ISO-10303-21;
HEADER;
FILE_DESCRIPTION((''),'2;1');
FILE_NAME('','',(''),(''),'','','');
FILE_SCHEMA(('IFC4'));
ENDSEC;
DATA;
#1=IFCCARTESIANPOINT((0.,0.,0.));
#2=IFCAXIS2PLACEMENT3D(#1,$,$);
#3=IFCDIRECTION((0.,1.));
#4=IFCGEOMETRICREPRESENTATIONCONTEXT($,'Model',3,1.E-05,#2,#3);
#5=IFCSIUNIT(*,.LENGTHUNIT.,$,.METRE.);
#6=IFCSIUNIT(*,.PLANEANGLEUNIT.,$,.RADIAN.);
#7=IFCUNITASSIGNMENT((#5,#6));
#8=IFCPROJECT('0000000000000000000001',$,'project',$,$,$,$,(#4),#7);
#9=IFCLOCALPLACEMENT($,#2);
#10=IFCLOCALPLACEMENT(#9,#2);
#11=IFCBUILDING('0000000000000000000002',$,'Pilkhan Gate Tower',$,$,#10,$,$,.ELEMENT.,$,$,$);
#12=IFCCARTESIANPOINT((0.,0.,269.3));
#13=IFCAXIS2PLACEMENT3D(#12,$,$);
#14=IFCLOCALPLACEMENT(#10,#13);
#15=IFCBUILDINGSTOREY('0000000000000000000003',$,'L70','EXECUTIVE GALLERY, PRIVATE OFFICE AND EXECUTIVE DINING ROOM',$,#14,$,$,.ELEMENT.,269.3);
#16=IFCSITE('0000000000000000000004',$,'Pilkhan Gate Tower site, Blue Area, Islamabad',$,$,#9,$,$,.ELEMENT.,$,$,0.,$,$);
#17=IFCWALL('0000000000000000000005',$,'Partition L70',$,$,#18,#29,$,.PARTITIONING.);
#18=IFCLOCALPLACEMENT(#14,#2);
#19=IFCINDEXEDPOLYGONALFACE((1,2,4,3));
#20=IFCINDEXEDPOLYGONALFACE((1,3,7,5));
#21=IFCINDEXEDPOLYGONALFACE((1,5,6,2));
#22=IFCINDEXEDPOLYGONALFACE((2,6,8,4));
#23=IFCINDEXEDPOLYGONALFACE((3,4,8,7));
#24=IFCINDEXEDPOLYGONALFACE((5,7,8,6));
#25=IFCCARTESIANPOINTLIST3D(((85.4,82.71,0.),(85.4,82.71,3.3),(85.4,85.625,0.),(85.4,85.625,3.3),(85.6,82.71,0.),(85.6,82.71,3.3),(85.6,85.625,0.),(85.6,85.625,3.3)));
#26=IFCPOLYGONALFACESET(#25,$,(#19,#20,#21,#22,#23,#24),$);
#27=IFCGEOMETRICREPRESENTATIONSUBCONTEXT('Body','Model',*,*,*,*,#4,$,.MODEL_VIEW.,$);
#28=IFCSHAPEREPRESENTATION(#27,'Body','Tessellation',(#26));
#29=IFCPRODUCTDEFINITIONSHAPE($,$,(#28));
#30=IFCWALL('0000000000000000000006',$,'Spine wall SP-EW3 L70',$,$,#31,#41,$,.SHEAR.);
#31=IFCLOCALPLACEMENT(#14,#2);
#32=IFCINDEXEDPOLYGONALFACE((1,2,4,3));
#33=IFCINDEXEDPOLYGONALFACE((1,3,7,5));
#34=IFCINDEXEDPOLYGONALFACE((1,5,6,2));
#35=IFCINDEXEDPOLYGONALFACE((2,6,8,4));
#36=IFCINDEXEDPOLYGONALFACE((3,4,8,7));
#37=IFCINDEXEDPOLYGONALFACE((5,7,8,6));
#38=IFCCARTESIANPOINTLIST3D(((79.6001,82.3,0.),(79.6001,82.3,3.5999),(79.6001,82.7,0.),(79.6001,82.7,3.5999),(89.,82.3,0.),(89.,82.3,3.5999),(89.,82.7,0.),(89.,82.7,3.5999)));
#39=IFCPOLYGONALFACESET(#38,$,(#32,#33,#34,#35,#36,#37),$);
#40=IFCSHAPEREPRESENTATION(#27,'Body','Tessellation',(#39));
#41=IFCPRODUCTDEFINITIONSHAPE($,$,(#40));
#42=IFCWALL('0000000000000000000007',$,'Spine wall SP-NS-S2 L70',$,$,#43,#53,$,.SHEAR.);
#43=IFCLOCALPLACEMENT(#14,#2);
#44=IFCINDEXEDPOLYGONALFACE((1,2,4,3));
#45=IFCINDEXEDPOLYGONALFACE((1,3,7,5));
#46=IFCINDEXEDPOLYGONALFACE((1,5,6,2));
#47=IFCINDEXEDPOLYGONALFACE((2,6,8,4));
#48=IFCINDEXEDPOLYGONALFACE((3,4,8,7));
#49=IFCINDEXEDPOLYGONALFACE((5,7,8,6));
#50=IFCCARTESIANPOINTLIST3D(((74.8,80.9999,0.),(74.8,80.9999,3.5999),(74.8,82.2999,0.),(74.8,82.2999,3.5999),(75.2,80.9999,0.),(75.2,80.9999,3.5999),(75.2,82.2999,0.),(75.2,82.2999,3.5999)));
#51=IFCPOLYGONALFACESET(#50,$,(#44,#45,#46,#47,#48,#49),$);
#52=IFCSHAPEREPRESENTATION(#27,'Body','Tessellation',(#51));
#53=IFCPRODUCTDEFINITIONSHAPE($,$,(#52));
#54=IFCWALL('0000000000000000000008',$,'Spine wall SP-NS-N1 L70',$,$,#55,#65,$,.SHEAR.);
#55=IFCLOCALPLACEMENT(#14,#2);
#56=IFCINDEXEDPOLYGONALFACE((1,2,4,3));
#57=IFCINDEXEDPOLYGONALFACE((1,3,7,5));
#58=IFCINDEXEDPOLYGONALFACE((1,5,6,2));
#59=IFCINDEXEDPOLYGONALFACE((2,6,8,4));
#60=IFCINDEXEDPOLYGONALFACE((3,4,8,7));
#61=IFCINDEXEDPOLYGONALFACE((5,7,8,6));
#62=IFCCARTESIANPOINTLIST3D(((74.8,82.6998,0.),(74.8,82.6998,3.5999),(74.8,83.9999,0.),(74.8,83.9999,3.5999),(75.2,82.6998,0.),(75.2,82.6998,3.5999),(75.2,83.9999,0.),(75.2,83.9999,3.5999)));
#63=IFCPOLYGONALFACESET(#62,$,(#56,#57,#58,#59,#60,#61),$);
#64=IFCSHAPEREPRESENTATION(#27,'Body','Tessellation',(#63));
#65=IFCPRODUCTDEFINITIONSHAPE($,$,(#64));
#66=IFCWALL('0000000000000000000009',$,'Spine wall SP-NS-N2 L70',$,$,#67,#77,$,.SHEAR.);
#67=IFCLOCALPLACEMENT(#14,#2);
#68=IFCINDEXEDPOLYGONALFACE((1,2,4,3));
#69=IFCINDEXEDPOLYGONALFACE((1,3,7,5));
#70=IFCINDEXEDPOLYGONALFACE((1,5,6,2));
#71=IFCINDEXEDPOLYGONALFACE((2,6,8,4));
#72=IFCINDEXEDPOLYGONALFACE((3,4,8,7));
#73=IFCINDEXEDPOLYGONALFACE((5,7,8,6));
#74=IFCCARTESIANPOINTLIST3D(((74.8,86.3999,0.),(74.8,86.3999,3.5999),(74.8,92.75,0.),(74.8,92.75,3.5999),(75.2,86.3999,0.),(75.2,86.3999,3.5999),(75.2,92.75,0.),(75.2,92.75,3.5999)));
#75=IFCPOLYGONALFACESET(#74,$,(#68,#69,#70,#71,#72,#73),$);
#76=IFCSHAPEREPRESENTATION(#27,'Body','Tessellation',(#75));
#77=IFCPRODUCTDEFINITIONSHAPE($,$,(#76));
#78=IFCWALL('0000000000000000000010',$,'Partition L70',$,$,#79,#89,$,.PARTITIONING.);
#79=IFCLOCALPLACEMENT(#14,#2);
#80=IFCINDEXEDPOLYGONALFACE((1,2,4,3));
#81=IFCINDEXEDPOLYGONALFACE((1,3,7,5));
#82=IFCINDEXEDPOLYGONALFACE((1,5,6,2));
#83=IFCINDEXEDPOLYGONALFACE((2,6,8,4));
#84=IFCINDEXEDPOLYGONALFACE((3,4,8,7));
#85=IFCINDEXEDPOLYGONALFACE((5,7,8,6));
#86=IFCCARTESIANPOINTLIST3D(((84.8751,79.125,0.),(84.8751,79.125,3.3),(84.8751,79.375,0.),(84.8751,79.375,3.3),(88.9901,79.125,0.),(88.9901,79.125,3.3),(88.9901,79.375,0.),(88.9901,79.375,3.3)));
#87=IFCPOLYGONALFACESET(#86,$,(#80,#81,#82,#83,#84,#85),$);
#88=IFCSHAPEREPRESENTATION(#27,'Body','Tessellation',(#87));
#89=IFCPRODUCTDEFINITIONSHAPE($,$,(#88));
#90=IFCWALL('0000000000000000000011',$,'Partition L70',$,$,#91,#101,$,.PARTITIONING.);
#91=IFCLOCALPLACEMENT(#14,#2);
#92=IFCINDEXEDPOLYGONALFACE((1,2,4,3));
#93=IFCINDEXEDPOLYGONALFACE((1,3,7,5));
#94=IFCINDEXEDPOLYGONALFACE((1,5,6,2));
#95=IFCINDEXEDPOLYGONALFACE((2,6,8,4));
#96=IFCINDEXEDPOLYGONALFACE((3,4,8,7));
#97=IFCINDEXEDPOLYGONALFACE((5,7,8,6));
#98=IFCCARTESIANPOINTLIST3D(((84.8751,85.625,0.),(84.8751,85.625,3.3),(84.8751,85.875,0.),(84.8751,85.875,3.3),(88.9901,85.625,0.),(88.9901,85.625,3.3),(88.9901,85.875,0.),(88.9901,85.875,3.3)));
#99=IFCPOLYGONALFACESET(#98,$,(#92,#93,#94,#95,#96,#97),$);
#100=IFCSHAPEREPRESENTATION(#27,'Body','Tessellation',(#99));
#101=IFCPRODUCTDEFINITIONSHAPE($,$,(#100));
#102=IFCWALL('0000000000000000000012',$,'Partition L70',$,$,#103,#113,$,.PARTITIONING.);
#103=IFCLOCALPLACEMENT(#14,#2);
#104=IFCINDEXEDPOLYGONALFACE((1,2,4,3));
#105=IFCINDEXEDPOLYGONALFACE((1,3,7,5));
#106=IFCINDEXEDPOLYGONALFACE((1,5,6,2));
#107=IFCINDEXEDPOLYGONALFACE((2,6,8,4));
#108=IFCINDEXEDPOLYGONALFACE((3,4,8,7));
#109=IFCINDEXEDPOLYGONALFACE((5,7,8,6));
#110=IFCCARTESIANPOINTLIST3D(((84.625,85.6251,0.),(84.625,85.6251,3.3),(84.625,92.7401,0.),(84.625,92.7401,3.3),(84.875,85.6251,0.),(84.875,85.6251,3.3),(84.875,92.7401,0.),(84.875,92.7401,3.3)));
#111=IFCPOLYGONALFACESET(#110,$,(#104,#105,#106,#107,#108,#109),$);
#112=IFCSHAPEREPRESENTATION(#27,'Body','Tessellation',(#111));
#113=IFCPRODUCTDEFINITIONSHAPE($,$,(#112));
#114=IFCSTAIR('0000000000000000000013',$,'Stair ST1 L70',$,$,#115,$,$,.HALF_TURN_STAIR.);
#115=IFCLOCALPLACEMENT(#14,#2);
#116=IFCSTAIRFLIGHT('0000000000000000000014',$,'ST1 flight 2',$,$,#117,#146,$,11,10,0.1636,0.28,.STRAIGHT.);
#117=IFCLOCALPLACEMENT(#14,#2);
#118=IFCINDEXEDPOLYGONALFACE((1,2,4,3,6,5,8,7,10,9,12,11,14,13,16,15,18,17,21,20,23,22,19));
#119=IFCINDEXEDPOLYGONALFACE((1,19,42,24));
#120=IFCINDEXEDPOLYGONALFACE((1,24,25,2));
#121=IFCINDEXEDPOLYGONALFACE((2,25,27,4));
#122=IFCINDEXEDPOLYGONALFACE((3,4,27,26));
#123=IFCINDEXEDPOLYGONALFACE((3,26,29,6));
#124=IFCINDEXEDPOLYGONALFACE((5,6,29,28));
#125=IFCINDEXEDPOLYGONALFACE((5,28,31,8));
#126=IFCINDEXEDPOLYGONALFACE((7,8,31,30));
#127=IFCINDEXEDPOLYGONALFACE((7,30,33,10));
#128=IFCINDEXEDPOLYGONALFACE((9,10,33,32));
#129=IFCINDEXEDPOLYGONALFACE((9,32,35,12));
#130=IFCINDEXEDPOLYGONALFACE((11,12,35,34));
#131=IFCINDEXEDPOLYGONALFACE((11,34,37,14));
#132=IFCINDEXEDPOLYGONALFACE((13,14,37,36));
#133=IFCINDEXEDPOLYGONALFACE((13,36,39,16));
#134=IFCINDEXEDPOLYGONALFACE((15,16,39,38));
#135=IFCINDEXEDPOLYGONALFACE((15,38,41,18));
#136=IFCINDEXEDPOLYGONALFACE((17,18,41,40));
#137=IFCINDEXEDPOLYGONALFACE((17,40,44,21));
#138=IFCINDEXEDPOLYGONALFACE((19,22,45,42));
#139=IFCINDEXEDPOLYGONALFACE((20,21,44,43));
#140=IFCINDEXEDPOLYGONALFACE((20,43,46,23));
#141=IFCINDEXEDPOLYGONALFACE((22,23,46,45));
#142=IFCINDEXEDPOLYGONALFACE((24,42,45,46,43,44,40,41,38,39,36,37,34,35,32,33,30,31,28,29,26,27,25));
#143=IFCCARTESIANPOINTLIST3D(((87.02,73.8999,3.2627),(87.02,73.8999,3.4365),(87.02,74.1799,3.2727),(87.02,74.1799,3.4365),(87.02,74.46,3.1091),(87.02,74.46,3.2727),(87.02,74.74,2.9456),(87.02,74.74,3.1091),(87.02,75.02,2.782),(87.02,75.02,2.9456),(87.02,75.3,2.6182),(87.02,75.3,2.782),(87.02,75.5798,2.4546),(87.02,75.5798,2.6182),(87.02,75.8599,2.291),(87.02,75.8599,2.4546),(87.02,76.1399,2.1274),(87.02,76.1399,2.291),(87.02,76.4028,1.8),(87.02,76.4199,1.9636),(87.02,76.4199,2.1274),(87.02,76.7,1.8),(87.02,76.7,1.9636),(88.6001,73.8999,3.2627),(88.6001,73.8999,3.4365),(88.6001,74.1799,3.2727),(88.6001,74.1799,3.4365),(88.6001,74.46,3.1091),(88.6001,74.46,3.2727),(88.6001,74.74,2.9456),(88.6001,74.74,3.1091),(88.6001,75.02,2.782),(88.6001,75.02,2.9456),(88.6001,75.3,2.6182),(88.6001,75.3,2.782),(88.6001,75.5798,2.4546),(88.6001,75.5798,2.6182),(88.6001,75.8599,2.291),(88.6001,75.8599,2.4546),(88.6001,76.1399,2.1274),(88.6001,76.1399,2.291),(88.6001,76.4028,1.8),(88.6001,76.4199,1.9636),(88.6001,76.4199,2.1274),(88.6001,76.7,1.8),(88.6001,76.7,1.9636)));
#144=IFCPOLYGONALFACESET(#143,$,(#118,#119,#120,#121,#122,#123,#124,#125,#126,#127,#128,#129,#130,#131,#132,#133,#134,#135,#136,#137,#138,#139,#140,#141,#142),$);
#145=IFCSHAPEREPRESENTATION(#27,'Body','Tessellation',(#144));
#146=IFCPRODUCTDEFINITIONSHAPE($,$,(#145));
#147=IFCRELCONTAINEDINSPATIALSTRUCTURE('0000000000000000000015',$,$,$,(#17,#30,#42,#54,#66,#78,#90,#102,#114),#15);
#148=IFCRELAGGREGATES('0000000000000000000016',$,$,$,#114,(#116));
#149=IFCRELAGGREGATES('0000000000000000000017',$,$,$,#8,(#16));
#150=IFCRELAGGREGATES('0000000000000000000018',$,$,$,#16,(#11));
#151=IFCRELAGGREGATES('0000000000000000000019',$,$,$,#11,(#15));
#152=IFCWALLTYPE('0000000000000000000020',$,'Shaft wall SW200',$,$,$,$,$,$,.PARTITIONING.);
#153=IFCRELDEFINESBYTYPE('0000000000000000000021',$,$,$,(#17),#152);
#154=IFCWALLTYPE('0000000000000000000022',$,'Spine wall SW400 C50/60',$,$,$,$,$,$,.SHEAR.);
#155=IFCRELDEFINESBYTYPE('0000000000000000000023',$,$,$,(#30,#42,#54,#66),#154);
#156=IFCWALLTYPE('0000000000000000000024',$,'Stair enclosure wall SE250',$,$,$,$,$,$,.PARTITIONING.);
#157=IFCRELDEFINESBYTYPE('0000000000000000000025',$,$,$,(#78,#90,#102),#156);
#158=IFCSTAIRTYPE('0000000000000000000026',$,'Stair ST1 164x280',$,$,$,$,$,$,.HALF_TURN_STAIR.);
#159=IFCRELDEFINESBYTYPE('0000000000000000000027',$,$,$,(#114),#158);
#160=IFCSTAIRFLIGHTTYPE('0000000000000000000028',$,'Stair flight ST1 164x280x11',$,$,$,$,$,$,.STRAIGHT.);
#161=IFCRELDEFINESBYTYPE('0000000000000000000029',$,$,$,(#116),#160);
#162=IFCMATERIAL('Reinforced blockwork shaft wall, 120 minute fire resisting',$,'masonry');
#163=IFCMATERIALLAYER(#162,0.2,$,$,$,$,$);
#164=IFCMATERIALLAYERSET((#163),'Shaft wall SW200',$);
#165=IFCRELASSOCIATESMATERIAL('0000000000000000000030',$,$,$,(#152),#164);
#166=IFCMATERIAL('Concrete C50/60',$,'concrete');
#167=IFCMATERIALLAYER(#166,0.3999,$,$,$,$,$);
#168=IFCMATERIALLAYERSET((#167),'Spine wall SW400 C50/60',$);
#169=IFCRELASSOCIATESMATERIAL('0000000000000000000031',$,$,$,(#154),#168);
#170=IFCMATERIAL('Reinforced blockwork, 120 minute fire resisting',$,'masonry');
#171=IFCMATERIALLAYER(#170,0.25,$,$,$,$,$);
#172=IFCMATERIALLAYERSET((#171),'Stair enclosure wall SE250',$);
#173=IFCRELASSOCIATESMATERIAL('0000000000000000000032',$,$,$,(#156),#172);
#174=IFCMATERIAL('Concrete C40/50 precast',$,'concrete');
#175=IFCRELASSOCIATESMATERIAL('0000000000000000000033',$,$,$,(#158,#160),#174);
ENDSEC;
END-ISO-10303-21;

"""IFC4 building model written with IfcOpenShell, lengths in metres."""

from ifc_helpers import new_model, si_unit, direction, frame, frame_2d, origin, place, context, subcontext, project, spatial, polyline, rectangle, outline, extrude, material, layer, layer_set, type_object, element, aggregate, save


model = new_model("IFC4")

# Units and contexts
model_context = context("Model", 3, precision=1e-05, world=origin(), true_north=direction((0.0, 1.0)))
body_context = subcontext(model_context, "Body", "Model", "MODEL_VIEW")
ifc_project = project(units=[si_unit("LENGTHUNIT", "METRE"), si_unit("PLANEANGLEUNIT", "RADIAN")], contexts=[model_context])

# Site, building, storey
site_placement = place(None, origin())
site = spatial("IfcSite", under=ifc_project, at=site_placement, Name="Pilkhan Gate Tower site, Blue Area, Islamabad", CompositionType="ELEMENT", RefElevation=0.0)
building_placement = place(site_placement, origin())
building = spatial("IfcBuilding", under=site, at=building_placement, Name="Pilkhan Gate Tower", CompositionType="ELEMENT")
storey_placement = place(building_placement, frame((0.0, 0.0, 269.3)))
storey = spatial("IfcBuildingStorey", under=building, at=storey_placement, Name="L70", Description="EXECUTIVE GALLERY, PRIVATE OFFICE AND EXECUTIVE DINING ROOM", CompositionType="ELEMENT", Elevation=269.3)

# Shared definitions
ifc_material_1 = material(Name="Concrete C50/60", Category="concrete")

# Shared definitions
ifc_material_2 = material(Name="Reinforced blockwork shaft wall, 120 minute fire resisting", Category="masonry")
ifc_layer_1 = layer(ifc_material_2, 0.2)
ifc_layer_set_1 = layer_set([ifc_layer_1], Name="Shaft wall SW200")
wall_type_1 = type_object("IfcWallType", Name="Shaft wall SW200", PredefinedType="PARTITIONING", material=ifc_layer_set_1)

# Walls
wall_1_placement = place(storey_placement, frame((85.5, 82.71, 0.0), z_axis=(0.0, 0.0, 1.0), x_axis=(0.0, 1.0, 0.0)))
element("IfcWall", 1, at=wall_1_placement, inside=storey, type_object=wall_type_1, Name="Partition L70", PredefinedType="PARTITIONING", context=body_context, shape_type="SweptSolid", body=[
    extrude(rectangle(XDim=2.915, YDim=0.2, at=frame_2d((1.4575, 0.0))), origin(), (0.0, 0.0, 1.0), 3.3),
])
ifc_layer_2 = layer(ifc_material_1, 0.3999)
ifc_layer_set_2 = layer_set([ifc_layer_2], Name="Spine wall SW400 C50/60")
wall_type_2 = type_object("IfcWallType", Name="Spine wall SW400 C50/60", PredefinedType="SHEAR", material=ifc_layer_set_2)
wall_2_placement = place(storey_placement, frame((79.6001, 82.5, 0.0), z_axis=(0.0, 0.0, 1.0), x_axis=(1.0, 0.0, 0.0)))
element("IfcWall", 2, at=wall_2_placement, inside=storey, type_object=wall_type_2, Name="Spine wall SP-EW3 L70", PredefinedType="SHEAR", context=body_context, shape_type="SweptSolid", body=[
    extrude(rectangle(XDim=9.3999, YDim=0.3999, at=frame_2d((4.7, 0.0))), origin(), (0.0, 0.0, 1.0), 3.5999),
])
for number, where, z_axis, x_axis, name in (
    (3, (75.0, 81.0, 0.0), (0.0, 0.0, 1.0), (0.0, 1.0, 0.0), "Spine wall SP-NS-S2 L70"),
    (4, (75.0, 82.7, 0.0), (0.0, 0.0, 1.0), (0.0, 1.0, 0.0), "Spine wall SP-NS-N1 L70"),
):
    element("IfcWall", number, at=place(storey_placement, frame(where, z_axis=z_axis, x_axis=x_axis)), inside=storey, type_object=wall_type_2, Name=name, PredefinedType="SHEAR", context=body_context, shape_type="SweptSolid", body=[
        extrude(rectangle(XDim=1.3, YDim=0.3999, at=frame_2d((0.6499, 0.0))), origin(), (0.0, 0.0, 1.0), 3.5999),
    ])
wall_3_placement = place(storey_placement, frame((75.0, 86.3999, 0.0), z_axis=(0.0, 0.0, 1.0), x_axis=(0.0, 1.0, 0.0)))
element("IfcWall", 5, at=wall_3_placement, inside=storey, type_object=wall_type_2, Name="Spine wall SP-NS-N2 L70", PredefinedType="SHEAR", context=body_context, shape_type="SweptSolid", body=[
    extrude(rectangle(XDim=6.3501, YDim=0.3999, at=frame_2d((3.175, 0.0))), origin(), (0.0, 0.0, 1.0), 3.5999),
])
ifc_material_3 = material(Name="Reinforced blockwork, 120 minute fire resisting", Category="masonry")
ifc_layer_3 = layer(ifc_material_3, 0.25)
ifc_layer_set_3 = layer_set([ifc_layer_3], Name="Stair enclosure wall SE250")
wall_type_3 = type_object("IfcWallType", Name="Stair enclosure wall SE250", PredefinedType="PARTITIONING", material=ifc_layer_set_3)
for number, where, z_axis, x_axis, name in (
    (6, (84.875, 79.25, 0.0), (0.0, 0.0, 1.0), (1.0, 0.0, 0.0), "Partition L70"),
    (7, (84.875, 85.75, 0.0), (0.0, 0.0, 1.0), (1.0, 0.0, 0.0), "Partition L70"),
):
    element("IfcWall", number, at=place(storey_placement, frame(where, z_axis=z_axis, x_axis=x_axis)), inside=storey, type_object=wall_type_3, Name=name, PredefinedType="PARTITIONING", context=body_context, shape_type="SweptSolid", body=[
        extrude(rectangle(XDim=4.115, YDim=0.25, at=frame_2d((2.0576, 0.0))), origin(), (0.0, 0.0, 1.0), 3.3),
    ])
wall_4_placement = place(storey_placement, frame((84.75, 85.625, 0.0), z_axis=(0.0, 0.0, 1.0), x_axis=(0.0, 1.0, 0.0)))
element("IfcWall", 8, at=wall_4_placement, inside=storey, type_object=wall_type_3, Name="Partition L70", PredefinedType="PARTITIONING", context=body_context, shape_type="SweptSolid", body=[
    extrude(rectangle(XDim=7.115, YDim=0.25, at=frame_2d((3.5576, 0.0))), origin(), (0.0, 0.0, 1.0), 3.3),
])

# Stair, stair flight
ifc_material_4 = material(Name="Concrete C40/50 precast", Category="concrete")
stair_type = type_object("IfcStairType", Name="Stair ST1 164x280", PredefinedType="HALF_TURN_STAIR", material=ifc_material_4)
stair_placement = place(storey_placement, origin())
stair = element("IfcStair", 9, at=stair_placement, inside=storey, type_object=stair_type, Name="Stair ST1 L70", PredefinedType="HALF_TURN_STAIR")
stair_flight_type = type_object("IfcStairFlightType", Name="Stair flight ST1 164x280x11", PredefinedType="STRAIGHT", material=ifc_material_4)
stair_flight_placement = place(storey_placement, frame((87.8101, 76.7, 1.8), z_axis=(0.0, 0.0, 1.0), x_axis=(0.0, -1.0, 0.0)))
stair_flight = element("IfcStairFlight", 10, at=stair_flight_placement, type_object=stair_flight_type, Name="ST1 flight 2", NumberOfRisers=11, NumberOfTreads=10, PredefinedType="STRAIGHT", RiserHeight=0.1636, TreadLength=0.28, context=body_context, shape_type="SweptSolid", body=[
    extrude(outline(polyline([(0.0, 0.0), (0.0, 0.1636), (0.28, 0.1636), (0.28, 0.3274), (0.5601, 0.3274), (0.5601, 0.491), (0.8401, 0.491), (0.8401, 0.6545), (1.1201, 0.6545), (1.1201, 0.8181), (1.3999, 0.8181), (1.3999, 0.9819), (1.6799, 0.9819), (1.6799, 1.1455), (1.96, 1.1455), (1.96, 1.3091), (2.24, 1.3091), (2.24, 1.4727), (2.52, 1.4727), (2.52, 1.6365), (2.8, 1.6365), (2.8, 1.8), (2.8, 1.4626), (0.2971, 0.0), (0.0, 0.0)])), frame((0.0, 0.79, 0.0), z_axis=(0.0, -1.0, 0.0), x_axis=(1.0, 0.0, 0.0)), (0.0, 0.0, 1.0), 1.5801),
])
aggregate(stair, [stair_flight])

save(model, "model.ifc")
